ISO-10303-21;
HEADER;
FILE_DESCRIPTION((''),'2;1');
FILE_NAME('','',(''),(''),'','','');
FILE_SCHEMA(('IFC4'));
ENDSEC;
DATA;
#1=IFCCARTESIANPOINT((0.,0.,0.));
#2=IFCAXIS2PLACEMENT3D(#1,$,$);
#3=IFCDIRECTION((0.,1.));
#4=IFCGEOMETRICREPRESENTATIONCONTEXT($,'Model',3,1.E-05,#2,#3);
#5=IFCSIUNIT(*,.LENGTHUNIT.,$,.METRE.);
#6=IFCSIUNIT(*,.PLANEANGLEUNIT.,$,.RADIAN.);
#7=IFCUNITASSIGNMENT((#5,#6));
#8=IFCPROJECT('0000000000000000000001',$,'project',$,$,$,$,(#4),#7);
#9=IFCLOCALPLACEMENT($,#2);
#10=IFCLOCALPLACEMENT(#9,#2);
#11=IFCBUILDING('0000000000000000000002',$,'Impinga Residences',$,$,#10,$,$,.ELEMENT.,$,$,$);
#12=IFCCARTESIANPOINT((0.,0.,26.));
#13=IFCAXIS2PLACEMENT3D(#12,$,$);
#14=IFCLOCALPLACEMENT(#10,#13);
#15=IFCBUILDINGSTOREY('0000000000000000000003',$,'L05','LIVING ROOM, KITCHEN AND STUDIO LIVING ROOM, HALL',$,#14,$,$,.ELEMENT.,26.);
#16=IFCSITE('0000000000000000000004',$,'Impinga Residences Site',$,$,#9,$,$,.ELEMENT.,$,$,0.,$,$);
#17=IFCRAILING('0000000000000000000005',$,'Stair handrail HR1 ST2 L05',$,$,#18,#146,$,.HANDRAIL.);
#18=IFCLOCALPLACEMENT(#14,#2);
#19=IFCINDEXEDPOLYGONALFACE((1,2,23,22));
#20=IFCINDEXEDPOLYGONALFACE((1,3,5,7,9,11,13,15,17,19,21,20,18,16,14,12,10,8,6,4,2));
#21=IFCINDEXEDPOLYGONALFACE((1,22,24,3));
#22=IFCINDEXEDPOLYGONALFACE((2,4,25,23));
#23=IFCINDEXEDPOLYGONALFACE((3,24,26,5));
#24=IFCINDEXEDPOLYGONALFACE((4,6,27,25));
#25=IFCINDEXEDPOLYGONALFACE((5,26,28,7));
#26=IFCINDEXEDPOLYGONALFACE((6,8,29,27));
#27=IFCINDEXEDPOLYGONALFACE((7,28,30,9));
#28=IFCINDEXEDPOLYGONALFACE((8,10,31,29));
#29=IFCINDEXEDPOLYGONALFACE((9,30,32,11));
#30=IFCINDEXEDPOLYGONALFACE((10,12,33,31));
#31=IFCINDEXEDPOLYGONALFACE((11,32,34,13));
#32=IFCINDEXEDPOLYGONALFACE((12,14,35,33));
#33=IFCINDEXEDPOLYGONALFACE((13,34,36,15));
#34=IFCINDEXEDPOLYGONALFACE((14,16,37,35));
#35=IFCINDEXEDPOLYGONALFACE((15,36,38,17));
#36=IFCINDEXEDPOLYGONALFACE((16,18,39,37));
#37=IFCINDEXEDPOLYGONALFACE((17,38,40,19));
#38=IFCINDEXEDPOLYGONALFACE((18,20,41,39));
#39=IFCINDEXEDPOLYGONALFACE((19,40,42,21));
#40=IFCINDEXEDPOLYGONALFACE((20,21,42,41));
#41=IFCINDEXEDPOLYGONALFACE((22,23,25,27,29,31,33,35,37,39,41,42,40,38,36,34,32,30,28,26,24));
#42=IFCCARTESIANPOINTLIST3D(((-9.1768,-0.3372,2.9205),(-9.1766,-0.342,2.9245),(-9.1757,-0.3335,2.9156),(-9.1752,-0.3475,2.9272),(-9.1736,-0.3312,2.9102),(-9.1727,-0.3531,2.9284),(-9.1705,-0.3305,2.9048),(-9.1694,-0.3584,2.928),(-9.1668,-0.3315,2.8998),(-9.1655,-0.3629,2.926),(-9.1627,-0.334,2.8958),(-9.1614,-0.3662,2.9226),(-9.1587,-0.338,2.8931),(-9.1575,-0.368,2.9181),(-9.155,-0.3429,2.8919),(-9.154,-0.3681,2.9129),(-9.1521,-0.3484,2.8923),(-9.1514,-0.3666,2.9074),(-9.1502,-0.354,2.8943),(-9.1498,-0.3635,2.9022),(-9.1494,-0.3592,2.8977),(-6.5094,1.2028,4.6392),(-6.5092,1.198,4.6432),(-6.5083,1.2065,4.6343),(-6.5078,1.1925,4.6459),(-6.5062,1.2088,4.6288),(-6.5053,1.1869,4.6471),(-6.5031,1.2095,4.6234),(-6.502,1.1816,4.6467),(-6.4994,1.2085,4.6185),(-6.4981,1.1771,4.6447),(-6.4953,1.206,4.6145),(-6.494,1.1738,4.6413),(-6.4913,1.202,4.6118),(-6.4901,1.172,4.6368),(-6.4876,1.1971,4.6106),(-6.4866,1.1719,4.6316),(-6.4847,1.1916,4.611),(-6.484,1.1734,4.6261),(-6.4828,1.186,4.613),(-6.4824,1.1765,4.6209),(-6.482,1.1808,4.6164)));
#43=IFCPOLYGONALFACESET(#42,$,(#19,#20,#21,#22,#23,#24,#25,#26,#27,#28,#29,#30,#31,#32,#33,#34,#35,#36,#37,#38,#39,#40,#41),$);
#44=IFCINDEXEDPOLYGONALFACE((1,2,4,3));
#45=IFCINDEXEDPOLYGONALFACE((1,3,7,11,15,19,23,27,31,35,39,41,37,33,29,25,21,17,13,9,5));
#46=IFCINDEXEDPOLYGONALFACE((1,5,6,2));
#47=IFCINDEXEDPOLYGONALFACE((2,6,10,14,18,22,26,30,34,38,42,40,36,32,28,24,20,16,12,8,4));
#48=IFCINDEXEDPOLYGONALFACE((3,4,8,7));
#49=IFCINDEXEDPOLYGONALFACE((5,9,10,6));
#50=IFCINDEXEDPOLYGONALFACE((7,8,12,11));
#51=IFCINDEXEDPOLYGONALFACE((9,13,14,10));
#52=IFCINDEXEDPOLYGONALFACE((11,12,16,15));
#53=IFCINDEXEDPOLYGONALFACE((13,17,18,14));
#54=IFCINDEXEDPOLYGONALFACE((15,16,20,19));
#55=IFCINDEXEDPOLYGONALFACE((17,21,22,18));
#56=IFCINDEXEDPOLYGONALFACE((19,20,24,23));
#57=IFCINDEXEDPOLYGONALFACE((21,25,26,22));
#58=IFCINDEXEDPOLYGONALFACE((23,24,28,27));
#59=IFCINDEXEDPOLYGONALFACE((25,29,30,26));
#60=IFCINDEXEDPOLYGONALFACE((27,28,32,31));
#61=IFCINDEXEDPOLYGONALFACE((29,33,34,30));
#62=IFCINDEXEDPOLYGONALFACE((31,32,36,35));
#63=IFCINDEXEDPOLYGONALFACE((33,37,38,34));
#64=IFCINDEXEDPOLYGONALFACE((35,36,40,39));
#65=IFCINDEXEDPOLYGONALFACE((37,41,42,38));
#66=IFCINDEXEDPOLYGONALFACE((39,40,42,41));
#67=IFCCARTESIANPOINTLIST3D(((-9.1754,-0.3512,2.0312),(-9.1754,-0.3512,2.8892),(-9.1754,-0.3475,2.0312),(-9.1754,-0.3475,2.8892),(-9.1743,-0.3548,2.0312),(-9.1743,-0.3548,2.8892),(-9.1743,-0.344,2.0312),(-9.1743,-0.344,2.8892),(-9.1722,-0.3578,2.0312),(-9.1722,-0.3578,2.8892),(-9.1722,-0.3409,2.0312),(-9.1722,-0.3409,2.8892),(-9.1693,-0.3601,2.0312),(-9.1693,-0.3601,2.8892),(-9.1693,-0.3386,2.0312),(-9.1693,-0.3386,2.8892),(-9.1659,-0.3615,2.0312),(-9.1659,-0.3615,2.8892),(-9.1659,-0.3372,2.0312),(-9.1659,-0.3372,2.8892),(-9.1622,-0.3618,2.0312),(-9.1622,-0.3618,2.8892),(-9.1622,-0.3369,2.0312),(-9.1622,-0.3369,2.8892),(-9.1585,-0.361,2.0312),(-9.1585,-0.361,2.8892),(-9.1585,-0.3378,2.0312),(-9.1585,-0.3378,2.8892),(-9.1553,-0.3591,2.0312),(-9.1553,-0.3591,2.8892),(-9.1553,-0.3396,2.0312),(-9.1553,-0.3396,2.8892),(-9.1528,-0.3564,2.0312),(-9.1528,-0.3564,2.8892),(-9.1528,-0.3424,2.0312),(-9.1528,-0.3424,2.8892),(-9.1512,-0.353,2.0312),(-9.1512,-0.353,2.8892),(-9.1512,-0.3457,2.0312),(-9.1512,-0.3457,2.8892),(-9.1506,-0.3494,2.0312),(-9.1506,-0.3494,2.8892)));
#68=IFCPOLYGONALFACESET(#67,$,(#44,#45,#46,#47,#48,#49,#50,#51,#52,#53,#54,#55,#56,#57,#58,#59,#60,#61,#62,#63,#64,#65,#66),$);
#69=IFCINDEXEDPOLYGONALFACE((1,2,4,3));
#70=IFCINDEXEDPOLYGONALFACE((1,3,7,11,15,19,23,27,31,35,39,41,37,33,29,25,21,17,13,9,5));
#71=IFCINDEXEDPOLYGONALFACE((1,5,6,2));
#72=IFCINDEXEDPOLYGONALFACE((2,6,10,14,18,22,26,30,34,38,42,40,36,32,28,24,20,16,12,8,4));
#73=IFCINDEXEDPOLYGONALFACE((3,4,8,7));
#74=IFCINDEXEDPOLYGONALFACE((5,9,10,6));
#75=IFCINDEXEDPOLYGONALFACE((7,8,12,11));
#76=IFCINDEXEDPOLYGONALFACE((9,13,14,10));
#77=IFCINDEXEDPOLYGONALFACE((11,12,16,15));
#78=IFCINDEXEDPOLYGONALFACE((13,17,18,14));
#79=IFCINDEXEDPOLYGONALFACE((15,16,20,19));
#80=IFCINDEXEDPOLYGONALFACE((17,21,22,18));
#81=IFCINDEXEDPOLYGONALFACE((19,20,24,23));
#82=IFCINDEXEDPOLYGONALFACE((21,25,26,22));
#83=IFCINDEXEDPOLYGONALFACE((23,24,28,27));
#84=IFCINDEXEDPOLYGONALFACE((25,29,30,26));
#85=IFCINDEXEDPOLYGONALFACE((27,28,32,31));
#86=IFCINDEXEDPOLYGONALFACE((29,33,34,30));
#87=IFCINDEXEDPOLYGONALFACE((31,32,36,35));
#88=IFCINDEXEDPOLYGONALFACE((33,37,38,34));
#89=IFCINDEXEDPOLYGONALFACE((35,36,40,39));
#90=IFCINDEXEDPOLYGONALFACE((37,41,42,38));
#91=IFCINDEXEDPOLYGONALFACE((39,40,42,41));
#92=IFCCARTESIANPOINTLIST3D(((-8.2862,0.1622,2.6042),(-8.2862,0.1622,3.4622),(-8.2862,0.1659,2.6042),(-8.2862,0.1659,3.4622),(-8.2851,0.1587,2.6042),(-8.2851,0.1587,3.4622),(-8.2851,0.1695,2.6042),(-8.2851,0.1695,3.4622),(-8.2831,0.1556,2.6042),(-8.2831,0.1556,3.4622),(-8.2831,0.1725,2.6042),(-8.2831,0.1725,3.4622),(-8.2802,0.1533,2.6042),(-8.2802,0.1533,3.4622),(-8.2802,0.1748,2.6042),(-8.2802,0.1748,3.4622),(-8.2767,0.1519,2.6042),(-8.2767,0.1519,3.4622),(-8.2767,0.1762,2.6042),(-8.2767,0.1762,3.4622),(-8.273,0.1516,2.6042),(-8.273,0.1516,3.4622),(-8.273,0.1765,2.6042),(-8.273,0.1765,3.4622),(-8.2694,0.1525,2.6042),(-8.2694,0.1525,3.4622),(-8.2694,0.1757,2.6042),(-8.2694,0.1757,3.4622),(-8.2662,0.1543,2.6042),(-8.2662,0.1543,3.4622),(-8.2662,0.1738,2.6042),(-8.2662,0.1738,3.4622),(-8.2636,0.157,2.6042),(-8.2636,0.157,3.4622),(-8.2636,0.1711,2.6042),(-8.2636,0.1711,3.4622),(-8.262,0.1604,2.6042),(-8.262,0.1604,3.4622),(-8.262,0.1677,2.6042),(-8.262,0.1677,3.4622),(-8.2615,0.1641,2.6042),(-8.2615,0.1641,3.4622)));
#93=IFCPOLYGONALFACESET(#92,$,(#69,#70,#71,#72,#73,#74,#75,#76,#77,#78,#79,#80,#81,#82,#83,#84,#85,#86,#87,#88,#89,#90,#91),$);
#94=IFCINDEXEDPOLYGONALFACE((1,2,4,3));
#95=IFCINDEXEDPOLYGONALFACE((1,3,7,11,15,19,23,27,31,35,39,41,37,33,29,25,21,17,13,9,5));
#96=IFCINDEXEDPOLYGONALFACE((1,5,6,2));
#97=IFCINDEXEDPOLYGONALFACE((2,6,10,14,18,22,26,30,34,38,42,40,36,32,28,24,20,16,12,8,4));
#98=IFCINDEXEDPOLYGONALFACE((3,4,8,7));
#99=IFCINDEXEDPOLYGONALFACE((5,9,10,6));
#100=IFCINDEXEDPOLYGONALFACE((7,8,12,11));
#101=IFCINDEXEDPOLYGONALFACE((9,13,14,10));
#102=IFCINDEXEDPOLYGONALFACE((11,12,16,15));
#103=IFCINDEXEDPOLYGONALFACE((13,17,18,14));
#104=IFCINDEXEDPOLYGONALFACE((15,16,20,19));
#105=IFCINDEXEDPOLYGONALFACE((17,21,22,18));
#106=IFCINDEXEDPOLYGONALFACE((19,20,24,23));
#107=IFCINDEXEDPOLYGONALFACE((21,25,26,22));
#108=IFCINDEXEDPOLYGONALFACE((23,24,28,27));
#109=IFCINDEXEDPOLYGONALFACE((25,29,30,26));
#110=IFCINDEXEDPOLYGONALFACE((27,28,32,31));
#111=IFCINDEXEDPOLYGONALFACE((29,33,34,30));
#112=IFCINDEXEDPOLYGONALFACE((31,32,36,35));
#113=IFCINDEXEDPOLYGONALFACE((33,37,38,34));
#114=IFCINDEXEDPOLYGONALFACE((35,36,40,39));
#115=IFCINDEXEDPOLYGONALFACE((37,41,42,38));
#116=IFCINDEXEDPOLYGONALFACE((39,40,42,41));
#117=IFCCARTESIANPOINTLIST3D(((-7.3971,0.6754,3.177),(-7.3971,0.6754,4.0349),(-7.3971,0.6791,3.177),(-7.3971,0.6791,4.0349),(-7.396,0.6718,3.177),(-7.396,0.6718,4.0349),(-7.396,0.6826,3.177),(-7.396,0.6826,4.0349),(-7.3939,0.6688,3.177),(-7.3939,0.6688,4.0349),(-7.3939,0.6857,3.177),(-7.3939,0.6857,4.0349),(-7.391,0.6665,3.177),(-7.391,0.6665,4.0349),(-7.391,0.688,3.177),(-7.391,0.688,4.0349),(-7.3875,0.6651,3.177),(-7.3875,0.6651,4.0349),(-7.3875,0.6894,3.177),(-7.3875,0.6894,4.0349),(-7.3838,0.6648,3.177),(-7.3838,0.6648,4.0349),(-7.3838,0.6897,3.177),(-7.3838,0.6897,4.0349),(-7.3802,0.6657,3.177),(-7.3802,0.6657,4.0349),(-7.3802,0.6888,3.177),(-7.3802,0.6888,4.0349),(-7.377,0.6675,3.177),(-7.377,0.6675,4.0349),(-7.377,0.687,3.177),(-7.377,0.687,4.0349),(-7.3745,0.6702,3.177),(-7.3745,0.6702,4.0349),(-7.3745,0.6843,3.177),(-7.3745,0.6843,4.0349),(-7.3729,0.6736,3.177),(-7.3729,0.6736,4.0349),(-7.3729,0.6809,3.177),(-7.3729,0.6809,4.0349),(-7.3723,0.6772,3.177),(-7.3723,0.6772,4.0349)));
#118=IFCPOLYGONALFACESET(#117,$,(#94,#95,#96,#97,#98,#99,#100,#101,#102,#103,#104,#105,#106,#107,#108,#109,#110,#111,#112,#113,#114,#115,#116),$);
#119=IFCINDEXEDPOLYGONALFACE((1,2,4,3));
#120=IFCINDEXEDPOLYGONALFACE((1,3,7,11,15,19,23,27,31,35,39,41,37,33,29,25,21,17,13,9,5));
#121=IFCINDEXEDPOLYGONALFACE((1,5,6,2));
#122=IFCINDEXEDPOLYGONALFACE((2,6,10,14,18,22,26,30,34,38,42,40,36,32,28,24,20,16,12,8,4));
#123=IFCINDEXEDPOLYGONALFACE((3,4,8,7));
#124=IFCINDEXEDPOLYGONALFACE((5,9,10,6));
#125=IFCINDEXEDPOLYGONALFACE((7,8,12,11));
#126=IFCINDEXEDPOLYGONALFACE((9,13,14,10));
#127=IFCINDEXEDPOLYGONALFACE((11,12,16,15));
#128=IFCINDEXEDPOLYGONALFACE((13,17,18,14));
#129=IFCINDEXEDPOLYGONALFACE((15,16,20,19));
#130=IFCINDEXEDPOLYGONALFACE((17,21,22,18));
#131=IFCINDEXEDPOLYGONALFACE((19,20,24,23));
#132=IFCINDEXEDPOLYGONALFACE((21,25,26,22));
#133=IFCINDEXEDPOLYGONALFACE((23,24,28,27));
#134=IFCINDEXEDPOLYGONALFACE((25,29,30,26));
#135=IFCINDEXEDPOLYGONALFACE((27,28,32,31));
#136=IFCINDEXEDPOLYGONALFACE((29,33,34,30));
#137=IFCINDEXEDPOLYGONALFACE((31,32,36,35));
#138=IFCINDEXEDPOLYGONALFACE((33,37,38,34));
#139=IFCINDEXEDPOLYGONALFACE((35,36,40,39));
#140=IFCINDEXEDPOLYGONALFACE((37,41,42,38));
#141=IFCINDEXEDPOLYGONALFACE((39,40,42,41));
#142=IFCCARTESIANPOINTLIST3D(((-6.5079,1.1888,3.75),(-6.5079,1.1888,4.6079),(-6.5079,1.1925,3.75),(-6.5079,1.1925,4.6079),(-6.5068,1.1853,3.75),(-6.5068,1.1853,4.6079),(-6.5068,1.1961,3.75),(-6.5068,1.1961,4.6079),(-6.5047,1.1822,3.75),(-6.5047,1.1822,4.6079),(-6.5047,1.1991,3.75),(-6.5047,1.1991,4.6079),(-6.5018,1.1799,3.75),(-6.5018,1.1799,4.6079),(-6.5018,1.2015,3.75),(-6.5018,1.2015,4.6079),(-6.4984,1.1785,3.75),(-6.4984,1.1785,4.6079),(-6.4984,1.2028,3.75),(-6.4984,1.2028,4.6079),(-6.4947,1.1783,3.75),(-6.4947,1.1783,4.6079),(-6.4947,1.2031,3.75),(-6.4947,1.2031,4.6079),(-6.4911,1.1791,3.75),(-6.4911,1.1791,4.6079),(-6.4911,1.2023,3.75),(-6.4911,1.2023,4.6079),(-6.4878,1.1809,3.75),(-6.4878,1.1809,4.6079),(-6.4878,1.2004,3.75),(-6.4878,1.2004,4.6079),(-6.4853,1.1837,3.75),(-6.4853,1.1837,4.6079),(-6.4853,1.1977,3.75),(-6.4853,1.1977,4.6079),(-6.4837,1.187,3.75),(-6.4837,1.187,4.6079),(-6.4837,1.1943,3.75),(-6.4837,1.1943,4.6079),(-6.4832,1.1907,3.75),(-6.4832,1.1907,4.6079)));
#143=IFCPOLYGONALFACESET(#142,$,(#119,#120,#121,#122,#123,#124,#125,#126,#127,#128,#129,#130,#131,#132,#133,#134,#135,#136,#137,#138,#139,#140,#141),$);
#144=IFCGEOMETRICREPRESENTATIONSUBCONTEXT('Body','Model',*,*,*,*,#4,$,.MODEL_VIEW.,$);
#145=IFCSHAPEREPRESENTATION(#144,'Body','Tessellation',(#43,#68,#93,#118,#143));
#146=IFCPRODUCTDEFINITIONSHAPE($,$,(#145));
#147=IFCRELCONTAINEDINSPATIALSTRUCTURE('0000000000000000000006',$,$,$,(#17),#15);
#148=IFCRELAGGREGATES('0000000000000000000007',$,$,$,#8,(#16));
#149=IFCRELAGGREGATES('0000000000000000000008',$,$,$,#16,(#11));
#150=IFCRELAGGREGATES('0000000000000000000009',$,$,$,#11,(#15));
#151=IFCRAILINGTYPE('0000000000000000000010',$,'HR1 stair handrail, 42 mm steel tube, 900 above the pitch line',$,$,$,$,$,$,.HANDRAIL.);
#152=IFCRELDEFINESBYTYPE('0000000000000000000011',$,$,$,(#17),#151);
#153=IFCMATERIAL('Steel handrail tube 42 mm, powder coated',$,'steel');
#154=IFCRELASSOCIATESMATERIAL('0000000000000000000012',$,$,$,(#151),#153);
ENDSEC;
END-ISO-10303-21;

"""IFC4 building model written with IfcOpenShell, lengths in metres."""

from ifc_helpers import new_model, si_unit, direction, frame, origin, origin_2d, place, context, subcontext, project, spatial, circle, extrude, material, type_object, element, save


model = new_model("IFC4")

# Units and contexts
model_context = context("Model", 3, precision=1e-05, world=origin(), true_north=direction((0.0, 1.0)))
body_context = subcontext(model_context, "Body", "Model", "MODEL_VIEW")
ifc_project = project(units=[si_unit("LENGTHUNIT", "METRE"), si_unit("PLANEANGLEUNIT", "RADIAN")], contexts=[model_context])

# Site, building, storey
site_placement = place(None, origin())
site = spatial("IfcSite", under=ifc_project, at=site_placement, Name="Impinga Residences Site", CompositionType="ELEMENT", RefElevation=0.0)
building_placement = place(site_placement, origin())
building = spatial("IfcBuilding", under=site, at=building_placement, Name="Impinga Residences", CompositionType="ELEMENT")
storey_placement = place(building_placement, frame((0.0, 0.0, 26.0)))
storey = spatial("IfcBuildingStorey", under=building, at=storey_placement, Name="L05", Description="LIVING ROOM, KITCHEN AND STUDIO LIVING ROOM, HALL", CompositionType="ELEMENT", Elevation=26.0)

# Railing
ifc_material_1 = material(Name="Steel handrail tube 42 mm, powder coated", Category="steel")
railing_type_1 = type_object("IfcRailingType", Name="HR1 stair handrail, 42 mm steel tube, 900 above the pitch line", PredefinedType="HANDRAIL", material=ifc_material_1)
railing_1_placement = place(storey_placement, frame((-9.1631, -0.3494, 2.0312)))
element("IfcRailing", 1, at=railing_1_placement, inside=storey, type_object=railing_type_1, Name="Stair handrail HR1 ST2 L05", PredefinedType="HANDRAIL", context=body_context, shape_type="SweptSolid", body=[
    extrude(circle(Radius=0.021, at=origin_2d()), frame((0.0, 0.0, 0.8789), z_axis=(0.756256, 0.436616, 0.487282), x_axis=(-0.499992, 0.86603, 0.0)), (0.0, 0.0, 1.0), 3.5271),
    extrude(circle(Radius=0.0125, at=origin_2d()), origin(), (0.0, 0.0, 1.0), 0.8579),
    extrude(circle(Radius=0.0125, at=origin_2d()), frame((0.8892, 0.5134, 0.573)), (0.0, 0.0, 1.0), 0.8579),
    extrude(circle(Radius=0.0125, at=origin_2d()), frame((1.7783, 1.0266, 1.1458)), (0.0, 0.0, 1.0), 0.8579),
    extrude(circle(Radius=0.0125, at=origin_2d()), frame((2.6675, 1.54, 1.7188)), (0.0, 0.0, 1.0), 0.8579),
])

save(model, "model.ifc")
